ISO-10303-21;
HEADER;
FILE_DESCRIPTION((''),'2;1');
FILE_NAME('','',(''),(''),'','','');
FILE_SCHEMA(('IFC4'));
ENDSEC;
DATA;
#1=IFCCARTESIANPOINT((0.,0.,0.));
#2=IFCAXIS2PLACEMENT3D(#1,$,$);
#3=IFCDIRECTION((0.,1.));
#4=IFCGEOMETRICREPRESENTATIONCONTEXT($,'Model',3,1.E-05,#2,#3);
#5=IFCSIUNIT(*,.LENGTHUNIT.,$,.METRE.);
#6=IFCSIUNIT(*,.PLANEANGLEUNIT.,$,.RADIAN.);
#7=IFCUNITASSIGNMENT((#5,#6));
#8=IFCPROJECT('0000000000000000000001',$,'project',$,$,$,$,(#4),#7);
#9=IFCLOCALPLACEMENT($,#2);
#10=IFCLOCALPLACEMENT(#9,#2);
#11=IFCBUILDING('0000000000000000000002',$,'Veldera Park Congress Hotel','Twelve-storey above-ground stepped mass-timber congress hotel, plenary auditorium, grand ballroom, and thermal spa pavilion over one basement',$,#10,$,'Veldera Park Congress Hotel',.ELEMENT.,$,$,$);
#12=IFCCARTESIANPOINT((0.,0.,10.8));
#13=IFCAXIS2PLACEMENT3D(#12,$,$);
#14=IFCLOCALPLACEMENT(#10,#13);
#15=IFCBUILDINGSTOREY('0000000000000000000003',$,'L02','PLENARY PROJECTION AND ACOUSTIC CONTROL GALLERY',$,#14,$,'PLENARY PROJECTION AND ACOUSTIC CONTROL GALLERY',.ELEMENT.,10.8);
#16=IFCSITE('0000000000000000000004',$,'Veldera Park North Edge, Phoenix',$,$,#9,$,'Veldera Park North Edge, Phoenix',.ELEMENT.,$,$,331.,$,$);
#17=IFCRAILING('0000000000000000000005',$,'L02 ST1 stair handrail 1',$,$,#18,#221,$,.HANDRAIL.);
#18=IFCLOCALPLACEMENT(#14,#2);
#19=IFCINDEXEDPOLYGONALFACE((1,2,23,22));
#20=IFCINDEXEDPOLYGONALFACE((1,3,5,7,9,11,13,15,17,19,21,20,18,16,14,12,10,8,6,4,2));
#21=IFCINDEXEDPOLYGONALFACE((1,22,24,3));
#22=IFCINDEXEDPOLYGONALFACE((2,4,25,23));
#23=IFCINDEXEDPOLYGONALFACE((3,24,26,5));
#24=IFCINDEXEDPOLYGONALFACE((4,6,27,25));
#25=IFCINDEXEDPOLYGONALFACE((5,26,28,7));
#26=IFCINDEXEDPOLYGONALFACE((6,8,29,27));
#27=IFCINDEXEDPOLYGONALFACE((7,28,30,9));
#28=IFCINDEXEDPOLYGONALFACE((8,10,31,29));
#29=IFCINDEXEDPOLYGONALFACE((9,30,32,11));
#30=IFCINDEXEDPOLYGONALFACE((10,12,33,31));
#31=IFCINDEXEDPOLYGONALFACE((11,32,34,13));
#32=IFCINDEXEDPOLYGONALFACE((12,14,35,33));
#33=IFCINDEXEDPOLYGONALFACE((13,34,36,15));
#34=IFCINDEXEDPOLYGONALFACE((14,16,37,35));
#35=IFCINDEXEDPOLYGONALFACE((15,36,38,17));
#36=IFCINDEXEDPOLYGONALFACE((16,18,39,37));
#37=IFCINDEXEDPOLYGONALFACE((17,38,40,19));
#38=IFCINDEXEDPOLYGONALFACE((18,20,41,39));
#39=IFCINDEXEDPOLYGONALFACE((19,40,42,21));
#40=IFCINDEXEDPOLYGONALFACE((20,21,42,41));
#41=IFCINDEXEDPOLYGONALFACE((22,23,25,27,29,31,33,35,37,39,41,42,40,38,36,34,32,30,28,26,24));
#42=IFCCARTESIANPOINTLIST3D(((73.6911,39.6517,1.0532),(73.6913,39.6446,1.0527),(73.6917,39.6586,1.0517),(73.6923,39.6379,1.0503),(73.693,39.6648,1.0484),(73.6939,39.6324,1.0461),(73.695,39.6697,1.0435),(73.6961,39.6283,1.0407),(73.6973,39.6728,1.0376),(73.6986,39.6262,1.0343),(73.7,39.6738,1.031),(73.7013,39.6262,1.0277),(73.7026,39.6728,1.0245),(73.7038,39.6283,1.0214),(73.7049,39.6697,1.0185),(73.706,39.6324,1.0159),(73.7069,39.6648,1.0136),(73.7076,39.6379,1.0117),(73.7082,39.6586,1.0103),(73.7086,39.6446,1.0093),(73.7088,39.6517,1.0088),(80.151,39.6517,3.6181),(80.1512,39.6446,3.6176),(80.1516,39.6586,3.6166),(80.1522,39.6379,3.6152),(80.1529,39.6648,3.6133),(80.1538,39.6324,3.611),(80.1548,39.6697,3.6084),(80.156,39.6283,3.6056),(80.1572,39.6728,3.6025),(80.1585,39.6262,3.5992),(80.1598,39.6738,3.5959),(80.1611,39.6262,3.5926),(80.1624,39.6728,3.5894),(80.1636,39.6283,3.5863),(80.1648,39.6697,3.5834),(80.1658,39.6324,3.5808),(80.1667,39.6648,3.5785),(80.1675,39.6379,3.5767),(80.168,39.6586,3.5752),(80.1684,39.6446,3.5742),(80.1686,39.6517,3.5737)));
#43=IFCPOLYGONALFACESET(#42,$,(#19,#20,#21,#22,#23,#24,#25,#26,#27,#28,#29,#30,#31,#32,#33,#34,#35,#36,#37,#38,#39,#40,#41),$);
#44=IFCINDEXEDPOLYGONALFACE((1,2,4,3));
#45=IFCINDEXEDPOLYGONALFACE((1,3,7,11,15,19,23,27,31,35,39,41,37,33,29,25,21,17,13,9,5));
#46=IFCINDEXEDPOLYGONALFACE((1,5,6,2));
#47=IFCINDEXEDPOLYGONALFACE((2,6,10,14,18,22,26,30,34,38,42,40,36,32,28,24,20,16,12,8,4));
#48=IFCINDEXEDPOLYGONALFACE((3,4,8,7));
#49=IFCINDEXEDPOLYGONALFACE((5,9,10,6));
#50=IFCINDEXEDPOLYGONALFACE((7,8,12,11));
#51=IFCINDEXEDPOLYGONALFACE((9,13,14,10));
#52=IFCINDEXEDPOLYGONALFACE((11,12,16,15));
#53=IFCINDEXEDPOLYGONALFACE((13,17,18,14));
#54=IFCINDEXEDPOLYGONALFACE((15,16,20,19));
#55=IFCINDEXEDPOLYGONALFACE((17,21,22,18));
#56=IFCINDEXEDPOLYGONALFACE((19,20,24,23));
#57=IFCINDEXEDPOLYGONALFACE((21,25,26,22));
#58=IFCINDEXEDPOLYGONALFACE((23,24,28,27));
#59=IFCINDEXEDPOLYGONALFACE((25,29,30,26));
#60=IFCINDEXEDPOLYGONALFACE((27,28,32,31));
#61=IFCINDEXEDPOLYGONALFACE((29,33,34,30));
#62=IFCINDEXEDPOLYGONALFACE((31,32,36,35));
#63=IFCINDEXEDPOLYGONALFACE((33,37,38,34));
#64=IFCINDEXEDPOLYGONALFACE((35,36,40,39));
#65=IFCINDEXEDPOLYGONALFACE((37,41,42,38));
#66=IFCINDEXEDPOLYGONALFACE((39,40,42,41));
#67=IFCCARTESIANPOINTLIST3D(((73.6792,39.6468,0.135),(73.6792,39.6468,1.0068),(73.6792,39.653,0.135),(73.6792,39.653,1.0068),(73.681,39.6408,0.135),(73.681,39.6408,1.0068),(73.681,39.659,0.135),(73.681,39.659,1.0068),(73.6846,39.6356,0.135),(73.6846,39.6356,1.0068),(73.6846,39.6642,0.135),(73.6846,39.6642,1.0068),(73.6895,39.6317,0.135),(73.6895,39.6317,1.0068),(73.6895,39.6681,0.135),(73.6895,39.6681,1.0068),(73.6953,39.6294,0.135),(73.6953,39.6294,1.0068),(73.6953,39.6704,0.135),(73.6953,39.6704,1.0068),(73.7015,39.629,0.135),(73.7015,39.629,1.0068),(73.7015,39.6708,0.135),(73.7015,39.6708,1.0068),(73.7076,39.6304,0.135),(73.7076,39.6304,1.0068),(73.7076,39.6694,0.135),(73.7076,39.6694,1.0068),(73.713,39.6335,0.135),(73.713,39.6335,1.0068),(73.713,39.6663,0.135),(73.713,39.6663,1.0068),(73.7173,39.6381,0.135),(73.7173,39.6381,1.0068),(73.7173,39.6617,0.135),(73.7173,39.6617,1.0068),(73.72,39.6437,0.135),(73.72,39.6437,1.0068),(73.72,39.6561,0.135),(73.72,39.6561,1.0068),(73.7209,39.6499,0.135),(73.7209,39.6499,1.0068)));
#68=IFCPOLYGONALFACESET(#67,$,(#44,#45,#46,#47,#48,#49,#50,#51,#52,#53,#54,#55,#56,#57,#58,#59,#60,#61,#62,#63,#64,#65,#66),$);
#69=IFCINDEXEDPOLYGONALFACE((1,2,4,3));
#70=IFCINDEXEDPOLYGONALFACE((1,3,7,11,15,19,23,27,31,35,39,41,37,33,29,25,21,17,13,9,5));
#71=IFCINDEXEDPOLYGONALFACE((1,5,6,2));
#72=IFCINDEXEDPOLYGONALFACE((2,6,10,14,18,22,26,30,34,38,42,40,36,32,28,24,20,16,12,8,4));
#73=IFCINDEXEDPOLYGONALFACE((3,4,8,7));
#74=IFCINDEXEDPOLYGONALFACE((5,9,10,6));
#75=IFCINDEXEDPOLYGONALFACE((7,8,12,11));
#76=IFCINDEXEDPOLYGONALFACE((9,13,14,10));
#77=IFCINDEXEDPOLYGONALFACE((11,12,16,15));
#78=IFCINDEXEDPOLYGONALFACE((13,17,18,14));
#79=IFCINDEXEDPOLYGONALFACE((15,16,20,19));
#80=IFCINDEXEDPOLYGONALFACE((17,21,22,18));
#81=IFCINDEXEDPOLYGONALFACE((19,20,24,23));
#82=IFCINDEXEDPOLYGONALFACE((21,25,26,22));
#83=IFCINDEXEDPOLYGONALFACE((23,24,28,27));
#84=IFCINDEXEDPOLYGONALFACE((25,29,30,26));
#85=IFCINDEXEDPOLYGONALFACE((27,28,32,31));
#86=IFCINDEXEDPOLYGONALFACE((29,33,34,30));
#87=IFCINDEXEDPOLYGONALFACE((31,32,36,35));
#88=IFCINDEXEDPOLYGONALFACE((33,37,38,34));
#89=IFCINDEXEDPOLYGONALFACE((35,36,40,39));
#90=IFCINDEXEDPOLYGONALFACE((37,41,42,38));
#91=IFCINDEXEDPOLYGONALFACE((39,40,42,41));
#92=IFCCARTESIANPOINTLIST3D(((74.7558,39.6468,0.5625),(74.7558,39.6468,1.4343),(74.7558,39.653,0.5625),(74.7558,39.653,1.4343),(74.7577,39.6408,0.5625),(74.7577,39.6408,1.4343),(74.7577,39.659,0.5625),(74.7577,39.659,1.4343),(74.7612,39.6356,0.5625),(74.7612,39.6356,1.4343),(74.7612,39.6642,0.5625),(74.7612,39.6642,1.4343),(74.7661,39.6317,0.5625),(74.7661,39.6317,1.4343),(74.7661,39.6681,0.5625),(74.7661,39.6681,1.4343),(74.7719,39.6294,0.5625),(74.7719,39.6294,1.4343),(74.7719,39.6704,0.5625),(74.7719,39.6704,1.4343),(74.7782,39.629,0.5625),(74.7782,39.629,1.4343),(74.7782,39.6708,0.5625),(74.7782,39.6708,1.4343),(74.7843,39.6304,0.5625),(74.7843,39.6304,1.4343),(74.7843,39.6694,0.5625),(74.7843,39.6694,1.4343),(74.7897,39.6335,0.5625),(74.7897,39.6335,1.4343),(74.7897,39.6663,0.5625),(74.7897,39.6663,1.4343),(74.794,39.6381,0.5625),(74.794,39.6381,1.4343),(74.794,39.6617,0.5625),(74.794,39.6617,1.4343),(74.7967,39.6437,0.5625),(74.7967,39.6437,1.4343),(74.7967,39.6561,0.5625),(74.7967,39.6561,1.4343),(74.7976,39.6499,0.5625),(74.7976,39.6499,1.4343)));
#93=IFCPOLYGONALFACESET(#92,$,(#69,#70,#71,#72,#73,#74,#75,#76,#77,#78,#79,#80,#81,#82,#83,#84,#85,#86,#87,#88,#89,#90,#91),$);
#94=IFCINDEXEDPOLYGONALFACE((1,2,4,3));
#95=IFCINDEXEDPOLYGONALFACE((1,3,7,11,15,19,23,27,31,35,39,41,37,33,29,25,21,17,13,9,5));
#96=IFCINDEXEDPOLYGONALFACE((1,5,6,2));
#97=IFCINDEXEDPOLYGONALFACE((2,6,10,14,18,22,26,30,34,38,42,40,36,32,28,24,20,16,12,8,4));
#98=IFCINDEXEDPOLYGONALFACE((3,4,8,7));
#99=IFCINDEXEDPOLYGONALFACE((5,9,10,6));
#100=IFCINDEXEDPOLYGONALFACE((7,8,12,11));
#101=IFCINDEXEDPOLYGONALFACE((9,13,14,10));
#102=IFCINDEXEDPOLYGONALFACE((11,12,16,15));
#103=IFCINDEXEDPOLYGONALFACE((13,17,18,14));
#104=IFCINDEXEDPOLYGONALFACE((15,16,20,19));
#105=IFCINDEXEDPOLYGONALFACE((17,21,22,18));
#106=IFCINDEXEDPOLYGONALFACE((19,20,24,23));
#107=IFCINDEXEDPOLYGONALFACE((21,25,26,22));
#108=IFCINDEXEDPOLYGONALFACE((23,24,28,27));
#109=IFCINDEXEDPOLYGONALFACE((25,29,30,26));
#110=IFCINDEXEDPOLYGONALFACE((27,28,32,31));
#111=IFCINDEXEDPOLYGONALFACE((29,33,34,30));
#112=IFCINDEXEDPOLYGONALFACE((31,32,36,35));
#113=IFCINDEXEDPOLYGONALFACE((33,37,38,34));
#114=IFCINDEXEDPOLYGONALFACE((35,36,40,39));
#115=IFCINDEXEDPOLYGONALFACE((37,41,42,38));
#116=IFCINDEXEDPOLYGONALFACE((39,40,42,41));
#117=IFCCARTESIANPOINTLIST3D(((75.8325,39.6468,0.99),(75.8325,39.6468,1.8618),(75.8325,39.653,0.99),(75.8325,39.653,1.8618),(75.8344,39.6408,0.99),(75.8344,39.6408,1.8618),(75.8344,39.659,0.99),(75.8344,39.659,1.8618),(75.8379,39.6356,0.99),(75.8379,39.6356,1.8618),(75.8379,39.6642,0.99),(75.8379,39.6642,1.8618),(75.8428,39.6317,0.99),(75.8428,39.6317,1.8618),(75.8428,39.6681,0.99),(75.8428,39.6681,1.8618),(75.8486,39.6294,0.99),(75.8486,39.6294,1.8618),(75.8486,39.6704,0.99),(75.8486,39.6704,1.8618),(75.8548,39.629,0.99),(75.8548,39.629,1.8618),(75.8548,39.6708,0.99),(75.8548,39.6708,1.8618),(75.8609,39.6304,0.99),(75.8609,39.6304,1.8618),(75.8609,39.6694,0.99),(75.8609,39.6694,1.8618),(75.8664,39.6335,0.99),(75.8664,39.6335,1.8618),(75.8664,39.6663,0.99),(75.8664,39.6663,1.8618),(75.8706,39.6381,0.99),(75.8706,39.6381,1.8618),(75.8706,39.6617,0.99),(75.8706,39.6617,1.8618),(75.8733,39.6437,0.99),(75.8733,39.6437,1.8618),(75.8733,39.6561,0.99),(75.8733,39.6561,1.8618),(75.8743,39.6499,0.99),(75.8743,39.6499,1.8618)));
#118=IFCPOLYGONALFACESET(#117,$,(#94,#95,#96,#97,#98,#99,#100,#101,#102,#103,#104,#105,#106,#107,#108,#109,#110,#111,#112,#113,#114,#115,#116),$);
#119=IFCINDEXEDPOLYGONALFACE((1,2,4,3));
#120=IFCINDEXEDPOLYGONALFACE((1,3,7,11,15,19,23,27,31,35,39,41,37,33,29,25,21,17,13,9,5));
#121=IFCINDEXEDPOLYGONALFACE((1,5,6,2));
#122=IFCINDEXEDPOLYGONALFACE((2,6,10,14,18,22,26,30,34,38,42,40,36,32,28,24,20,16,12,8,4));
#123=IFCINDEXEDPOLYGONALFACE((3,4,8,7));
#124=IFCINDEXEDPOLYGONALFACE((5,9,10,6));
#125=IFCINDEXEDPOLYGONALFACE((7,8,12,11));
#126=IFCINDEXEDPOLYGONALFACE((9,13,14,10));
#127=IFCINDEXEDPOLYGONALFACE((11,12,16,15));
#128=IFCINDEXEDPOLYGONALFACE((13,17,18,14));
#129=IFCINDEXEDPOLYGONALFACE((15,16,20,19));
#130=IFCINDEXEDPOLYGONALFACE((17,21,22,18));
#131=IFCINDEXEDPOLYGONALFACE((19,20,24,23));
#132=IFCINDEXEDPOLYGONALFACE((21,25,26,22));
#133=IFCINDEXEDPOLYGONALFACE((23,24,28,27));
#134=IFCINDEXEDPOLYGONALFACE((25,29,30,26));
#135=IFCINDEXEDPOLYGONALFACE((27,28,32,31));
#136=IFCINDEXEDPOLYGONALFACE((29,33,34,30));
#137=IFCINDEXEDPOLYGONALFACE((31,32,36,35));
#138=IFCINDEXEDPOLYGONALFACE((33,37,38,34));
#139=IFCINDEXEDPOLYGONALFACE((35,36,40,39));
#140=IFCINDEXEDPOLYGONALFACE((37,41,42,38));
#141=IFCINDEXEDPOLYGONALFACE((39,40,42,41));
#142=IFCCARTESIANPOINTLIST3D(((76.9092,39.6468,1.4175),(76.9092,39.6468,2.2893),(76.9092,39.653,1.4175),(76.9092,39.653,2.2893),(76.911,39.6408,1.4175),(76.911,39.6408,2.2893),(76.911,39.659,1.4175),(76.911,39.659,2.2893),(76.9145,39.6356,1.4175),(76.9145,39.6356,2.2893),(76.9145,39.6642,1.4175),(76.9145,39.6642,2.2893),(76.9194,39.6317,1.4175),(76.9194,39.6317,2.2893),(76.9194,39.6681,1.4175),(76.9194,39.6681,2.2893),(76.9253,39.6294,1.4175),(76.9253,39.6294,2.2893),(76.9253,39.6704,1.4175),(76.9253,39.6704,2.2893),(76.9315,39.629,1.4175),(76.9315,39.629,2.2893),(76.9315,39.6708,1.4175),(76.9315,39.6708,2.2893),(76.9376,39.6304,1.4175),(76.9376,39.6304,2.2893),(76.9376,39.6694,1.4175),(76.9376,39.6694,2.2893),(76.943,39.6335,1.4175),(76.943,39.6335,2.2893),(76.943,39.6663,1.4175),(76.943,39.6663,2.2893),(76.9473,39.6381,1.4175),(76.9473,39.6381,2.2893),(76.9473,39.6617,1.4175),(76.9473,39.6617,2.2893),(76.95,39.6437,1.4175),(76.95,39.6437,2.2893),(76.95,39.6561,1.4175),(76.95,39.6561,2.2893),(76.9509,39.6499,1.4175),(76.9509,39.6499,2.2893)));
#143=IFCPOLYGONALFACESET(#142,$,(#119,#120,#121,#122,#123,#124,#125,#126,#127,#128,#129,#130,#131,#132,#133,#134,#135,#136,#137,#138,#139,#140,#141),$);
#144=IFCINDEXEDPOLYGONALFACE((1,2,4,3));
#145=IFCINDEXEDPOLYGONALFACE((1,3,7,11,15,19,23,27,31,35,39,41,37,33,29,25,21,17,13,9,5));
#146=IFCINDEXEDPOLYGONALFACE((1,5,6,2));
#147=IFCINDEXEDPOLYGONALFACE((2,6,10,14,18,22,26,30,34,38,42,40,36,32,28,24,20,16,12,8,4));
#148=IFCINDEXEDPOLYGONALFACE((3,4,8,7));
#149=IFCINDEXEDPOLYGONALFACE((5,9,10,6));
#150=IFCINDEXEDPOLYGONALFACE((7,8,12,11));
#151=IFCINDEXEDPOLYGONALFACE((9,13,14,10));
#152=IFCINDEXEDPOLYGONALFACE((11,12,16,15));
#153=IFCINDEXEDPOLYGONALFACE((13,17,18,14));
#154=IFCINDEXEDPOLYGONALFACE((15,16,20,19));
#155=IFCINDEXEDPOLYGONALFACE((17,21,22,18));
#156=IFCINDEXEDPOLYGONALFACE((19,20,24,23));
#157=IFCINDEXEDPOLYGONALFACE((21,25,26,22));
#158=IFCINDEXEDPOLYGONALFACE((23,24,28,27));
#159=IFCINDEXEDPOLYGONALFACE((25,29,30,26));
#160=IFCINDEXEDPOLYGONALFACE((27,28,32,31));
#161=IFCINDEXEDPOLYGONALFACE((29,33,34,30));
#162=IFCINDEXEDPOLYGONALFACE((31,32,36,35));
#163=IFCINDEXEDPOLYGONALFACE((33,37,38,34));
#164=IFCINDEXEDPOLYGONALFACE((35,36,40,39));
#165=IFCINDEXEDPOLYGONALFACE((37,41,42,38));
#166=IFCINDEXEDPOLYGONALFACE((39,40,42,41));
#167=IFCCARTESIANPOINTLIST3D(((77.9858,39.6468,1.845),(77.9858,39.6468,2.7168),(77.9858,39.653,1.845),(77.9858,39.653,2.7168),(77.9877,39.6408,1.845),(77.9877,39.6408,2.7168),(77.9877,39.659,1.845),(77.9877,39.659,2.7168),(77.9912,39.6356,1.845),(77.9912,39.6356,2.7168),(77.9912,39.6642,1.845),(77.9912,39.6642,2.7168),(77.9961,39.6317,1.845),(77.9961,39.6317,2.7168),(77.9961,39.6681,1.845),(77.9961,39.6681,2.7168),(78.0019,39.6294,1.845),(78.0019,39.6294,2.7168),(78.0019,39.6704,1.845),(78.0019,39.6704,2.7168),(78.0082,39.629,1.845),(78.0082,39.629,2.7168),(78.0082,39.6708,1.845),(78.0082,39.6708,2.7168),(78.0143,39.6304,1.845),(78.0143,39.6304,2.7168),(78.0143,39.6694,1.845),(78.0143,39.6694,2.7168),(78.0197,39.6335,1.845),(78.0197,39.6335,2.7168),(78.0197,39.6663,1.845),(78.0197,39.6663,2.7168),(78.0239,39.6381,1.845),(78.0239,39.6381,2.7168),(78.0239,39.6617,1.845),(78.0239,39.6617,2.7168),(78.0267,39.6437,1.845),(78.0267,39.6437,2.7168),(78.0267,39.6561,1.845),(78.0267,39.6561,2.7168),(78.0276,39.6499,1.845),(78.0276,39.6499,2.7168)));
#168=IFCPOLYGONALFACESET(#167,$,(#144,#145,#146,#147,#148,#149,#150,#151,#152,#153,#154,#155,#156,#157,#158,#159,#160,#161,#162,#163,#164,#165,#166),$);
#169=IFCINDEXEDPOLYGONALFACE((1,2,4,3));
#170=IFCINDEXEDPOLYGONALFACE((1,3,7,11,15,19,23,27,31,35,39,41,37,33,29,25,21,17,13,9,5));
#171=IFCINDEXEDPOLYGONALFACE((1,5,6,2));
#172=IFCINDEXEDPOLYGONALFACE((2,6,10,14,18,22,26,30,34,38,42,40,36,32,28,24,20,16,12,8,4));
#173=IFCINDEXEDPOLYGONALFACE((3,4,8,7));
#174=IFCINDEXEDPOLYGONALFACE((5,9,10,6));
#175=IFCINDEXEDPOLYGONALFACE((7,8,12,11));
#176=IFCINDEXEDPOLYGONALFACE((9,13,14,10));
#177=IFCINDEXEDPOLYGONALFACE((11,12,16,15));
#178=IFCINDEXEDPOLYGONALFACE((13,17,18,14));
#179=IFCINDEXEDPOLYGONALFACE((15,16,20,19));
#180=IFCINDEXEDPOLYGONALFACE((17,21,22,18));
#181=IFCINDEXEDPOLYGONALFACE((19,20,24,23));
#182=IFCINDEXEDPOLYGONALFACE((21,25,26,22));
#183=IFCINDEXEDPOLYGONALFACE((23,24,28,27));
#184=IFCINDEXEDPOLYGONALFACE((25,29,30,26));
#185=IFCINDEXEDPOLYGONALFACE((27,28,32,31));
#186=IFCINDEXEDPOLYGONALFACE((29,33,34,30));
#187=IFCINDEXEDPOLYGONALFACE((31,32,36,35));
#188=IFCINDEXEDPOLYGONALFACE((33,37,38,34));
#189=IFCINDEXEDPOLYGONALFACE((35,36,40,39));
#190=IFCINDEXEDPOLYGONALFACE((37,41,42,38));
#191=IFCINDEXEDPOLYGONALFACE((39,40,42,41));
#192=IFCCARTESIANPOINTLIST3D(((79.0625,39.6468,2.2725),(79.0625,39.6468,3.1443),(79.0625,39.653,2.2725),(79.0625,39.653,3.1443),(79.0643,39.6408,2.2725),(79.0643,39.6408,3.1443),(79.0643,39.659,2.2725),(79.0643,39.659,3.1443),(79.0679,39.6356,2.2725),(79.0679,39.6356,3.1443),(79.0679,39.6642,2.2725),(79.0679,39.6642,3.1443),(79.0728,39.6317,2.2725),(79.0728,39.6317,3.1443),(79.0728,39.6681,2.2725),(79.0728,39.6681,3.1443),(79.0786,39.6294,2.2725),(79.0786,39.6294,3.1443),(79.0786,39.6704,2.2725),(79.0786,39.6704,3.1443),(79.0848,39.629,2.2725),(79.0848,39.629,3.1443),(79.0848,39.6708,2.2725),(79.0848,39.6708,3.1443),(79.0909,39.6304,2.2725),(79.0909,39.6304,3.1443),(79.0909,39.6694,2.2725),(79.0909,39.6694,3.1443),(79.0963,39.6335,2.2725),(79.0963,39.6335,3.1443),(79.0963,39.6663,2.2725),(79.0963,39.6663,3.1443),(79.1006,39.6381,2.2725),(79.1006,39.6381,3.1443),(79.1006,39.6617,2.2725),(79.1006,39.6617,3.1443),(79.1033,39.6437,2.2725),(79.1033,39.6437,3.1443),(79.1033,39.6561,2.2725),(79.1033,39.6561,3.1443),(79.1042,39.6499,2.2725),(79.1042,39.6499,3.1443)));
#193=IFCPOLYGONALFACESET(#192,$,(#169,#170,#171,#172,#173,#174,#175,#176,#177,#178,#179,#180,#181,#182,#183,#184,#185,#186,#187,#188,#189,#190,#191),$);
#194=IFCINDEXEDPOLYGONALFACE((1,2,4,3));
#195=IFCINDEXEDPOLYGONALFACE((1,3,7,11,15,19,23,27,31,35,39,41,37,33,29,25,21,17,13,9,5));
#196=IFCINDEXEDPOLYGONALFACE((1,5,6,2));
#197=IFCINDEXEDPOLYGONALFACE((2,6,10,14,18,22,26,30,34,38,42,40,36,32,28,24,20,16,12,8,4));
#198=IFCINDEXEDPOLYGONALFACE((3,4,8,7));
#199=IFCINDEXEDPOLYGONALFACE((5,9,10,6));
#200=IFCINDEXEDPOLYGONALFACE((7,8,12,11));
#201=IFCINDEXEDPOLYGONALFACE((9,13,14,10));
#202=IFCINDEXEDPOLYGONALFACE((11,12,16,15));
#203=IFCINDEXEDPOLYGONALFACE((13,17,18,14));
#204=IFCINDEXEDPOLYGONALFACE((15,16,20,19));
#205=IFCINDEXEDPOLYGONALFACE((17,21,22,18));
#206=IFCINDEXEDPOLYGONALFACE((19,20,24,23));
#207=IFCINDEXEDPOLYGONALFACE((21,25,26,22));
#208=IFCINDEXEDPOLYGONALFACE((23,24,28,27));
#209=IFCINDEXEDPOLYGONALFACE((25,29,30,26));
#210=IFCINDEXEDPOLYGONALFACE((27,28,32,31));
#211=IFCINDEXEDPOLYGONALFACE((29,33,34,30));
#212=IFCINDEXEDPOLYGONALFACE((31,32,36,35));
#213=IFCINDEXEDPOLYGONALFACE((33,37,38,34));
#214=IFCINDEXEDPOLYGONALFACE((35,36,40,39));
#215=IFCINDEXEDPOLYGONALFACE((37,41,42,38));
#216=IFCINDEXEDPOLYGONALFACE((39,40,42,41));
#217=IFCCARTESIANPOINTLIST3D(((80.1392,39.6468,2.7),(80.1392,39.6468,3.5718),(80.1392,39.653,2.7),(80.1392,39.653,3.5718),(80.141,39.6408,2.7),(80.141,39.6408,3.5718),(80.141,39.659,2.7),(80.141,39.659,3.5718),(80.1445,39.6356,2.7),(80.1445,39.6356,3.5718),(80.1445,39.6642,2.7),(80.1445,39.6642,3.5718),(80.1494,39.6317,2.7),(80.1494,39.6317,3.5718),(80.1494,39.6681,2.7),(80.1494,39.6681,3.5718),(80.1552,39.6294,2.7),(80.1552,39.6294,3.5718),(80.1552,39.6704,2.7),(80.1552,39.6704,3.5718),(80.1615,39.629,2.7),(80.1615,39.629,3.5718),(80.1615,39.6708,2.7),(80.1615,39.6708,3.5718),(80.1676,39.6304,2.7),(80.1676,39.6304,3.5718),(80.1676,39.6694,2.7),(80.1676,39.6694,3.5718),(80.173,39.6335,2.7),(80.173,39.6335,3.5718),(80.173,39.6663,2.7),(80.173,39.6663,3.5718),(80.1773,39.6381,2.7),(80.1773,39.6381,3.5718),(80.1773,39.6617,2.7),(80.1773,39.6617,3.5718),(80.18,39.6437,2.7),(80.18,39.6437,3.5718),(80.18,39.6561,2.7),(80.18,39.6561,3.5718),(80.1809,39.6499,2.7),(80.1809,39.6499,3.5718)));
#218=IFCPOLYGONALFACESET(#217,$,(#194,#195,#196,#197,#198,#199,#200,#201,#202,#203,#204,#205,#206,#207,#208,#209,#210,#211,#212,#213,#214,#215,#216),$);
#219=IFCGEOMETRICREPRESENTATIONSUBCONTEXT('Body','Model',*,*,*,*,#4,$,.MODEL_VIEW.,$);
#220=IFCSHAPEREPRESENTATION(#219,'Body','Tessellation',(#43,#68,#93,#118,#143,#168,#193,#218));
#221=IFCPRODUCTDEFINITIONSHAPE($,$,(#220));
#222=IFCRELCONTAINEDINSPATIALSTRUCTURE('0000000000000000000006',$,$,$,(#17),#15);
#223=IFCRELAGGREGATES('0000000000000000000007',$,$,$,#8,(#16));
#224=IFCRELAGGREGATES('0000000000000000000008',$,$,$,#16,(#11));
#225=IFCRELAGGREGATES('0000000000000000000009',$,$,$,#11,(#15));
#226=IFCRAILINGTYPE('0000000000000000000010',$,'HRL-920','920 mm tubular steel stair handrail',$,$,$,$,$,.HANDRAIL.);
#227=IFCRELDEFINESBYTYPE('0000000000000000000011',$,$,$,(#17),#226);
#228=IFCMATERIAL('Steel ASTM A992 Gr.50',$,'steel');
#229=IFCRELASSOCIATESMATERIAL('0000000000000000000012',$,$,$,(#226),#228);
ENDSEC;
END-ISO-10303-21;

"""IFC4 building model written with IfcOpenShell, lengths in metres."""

from ifc_helpers import new_model, si_unit, direction, frame, origin, origin_2d, place, context, subcontext, project, spatial, circle, extrude, material, type_object, element, save


model = new_model("IFC4")

# Units and contexts
model_context = context("Model", 3, precision=1e-05, world=origin(), true_north=direction((0.0, 1.0)))
body_context = subcontext(model_context, "Body", "Model", "MODEL_VIEW")
ifc_project = project(units=[si_unit("LENGTHUNIT", "METRE"), si_unit("PLANEANGLEUNIT", "RADIAN")], contexts=[model_context])

# Site, building, storey
site_placement = place(None, origin())
site = spatial("IfcSite", under=ifc_project, at=site_placement, Name="Veldera Park North Edge, Phoenix", LongName="Veldera Park North Edge, Phoenix", CompositionType="ELEMENT", RefElevation=331.0)
building_placement = place(site_placement, origin())
building = spatial("IfcBuilding", under=site, at=building_placement, Name="Veldera Park Congress Hotel", Description="Twelve-storey above-ground stepped mass-timber congress hotel, plenary auditorium, grand ballroom, and thermal spa pavilion over one basement", LongName="Veldera Park Congress Hotel", CompositionType="ELEMENT")
storey_placement = place(building_placement, frame((0.0, 0.0, 10.8)))
storey = spatial("IfcBuildingStorey", under=building, at=storey_placement, Name="L02", Description="PLENARY PROJECTION AND ACOUSTIC CONTROL GALLERY", LongName="PLENARY PROJECTION AND ACOUSTIC CONTROL GALLERY", CompositionType="ELEMENT", Elevation=10.8)

# Railing
ifc_material_1 = material(Name="Steel ASTM A992 Gr.50", Category="steel")
railing_type_1 = type_object("IfcRailingType", Name="HRL-920", Description="920 mm tubular steel stair handrail", PredefinedType="HANDRAIL", material=ifc_material_1)
railing_1_placement = place(storey_placement, frame((73.7, 39.6499, 0.135)))
element("IfcRailing", 1, at=railing_1_placement, inside=storey, type_object=railing_type_1, Name="L02 ST1 stair handrail 1", PredefinedType="HANDRAIL", context=body_context, shape_type="SweptSolid", body=[
    extrude(circle(Radius=0.0239, at=origin_2d()), frame((0.0, 0.0, 0.896), z_axis=(0.929418, 0.0, 0.369028), x_axis=(0.0, 1.0, 0.0)), (0.0, 0.0, 1.0), 6.9504),
    extrude(circle(Radius=0.021, at=origin_2d()), origin(), (0.0, 0.0, 1.0), 0.8718),
    extrude(circle(Radius=0.021, at=origin_2d()), frame((1.0767, 0.0, 0.4275)), (0.0, 0.0, 1.0), 0.8718),
    extrude(circle(Radius=0.021, at=origin_2d()), frame((2.1533, 0.0, 0.855)), (0.0, 0.0, 1.0), 0.8718),
    extrude(circle(Radius=0.021, at=origin_2d()), frame((3.23, 0.0, 1.2825)), (0.0, 0.0, 1.0), 0.8718),
    extrude(circle(Radius=0.021, at=origin_2d()), frame((4.3066, 0.0, 1.71)), (0.0, 0.0, 1.0), 0.8718),
    extrude(circle(Radius=0.021, at=origin_2d()), frame((5.3833, 0.0, 2.1375)), (0.0, 0.0, 1.0), 0.8718),
    extrude(circle(Radius=0.021, at=origin_2d()), frame((6.46, 0.0, 2.5649)), (0.0, 0.0, 1.0), 0.8718),
])

save(model, "model.ifc")
